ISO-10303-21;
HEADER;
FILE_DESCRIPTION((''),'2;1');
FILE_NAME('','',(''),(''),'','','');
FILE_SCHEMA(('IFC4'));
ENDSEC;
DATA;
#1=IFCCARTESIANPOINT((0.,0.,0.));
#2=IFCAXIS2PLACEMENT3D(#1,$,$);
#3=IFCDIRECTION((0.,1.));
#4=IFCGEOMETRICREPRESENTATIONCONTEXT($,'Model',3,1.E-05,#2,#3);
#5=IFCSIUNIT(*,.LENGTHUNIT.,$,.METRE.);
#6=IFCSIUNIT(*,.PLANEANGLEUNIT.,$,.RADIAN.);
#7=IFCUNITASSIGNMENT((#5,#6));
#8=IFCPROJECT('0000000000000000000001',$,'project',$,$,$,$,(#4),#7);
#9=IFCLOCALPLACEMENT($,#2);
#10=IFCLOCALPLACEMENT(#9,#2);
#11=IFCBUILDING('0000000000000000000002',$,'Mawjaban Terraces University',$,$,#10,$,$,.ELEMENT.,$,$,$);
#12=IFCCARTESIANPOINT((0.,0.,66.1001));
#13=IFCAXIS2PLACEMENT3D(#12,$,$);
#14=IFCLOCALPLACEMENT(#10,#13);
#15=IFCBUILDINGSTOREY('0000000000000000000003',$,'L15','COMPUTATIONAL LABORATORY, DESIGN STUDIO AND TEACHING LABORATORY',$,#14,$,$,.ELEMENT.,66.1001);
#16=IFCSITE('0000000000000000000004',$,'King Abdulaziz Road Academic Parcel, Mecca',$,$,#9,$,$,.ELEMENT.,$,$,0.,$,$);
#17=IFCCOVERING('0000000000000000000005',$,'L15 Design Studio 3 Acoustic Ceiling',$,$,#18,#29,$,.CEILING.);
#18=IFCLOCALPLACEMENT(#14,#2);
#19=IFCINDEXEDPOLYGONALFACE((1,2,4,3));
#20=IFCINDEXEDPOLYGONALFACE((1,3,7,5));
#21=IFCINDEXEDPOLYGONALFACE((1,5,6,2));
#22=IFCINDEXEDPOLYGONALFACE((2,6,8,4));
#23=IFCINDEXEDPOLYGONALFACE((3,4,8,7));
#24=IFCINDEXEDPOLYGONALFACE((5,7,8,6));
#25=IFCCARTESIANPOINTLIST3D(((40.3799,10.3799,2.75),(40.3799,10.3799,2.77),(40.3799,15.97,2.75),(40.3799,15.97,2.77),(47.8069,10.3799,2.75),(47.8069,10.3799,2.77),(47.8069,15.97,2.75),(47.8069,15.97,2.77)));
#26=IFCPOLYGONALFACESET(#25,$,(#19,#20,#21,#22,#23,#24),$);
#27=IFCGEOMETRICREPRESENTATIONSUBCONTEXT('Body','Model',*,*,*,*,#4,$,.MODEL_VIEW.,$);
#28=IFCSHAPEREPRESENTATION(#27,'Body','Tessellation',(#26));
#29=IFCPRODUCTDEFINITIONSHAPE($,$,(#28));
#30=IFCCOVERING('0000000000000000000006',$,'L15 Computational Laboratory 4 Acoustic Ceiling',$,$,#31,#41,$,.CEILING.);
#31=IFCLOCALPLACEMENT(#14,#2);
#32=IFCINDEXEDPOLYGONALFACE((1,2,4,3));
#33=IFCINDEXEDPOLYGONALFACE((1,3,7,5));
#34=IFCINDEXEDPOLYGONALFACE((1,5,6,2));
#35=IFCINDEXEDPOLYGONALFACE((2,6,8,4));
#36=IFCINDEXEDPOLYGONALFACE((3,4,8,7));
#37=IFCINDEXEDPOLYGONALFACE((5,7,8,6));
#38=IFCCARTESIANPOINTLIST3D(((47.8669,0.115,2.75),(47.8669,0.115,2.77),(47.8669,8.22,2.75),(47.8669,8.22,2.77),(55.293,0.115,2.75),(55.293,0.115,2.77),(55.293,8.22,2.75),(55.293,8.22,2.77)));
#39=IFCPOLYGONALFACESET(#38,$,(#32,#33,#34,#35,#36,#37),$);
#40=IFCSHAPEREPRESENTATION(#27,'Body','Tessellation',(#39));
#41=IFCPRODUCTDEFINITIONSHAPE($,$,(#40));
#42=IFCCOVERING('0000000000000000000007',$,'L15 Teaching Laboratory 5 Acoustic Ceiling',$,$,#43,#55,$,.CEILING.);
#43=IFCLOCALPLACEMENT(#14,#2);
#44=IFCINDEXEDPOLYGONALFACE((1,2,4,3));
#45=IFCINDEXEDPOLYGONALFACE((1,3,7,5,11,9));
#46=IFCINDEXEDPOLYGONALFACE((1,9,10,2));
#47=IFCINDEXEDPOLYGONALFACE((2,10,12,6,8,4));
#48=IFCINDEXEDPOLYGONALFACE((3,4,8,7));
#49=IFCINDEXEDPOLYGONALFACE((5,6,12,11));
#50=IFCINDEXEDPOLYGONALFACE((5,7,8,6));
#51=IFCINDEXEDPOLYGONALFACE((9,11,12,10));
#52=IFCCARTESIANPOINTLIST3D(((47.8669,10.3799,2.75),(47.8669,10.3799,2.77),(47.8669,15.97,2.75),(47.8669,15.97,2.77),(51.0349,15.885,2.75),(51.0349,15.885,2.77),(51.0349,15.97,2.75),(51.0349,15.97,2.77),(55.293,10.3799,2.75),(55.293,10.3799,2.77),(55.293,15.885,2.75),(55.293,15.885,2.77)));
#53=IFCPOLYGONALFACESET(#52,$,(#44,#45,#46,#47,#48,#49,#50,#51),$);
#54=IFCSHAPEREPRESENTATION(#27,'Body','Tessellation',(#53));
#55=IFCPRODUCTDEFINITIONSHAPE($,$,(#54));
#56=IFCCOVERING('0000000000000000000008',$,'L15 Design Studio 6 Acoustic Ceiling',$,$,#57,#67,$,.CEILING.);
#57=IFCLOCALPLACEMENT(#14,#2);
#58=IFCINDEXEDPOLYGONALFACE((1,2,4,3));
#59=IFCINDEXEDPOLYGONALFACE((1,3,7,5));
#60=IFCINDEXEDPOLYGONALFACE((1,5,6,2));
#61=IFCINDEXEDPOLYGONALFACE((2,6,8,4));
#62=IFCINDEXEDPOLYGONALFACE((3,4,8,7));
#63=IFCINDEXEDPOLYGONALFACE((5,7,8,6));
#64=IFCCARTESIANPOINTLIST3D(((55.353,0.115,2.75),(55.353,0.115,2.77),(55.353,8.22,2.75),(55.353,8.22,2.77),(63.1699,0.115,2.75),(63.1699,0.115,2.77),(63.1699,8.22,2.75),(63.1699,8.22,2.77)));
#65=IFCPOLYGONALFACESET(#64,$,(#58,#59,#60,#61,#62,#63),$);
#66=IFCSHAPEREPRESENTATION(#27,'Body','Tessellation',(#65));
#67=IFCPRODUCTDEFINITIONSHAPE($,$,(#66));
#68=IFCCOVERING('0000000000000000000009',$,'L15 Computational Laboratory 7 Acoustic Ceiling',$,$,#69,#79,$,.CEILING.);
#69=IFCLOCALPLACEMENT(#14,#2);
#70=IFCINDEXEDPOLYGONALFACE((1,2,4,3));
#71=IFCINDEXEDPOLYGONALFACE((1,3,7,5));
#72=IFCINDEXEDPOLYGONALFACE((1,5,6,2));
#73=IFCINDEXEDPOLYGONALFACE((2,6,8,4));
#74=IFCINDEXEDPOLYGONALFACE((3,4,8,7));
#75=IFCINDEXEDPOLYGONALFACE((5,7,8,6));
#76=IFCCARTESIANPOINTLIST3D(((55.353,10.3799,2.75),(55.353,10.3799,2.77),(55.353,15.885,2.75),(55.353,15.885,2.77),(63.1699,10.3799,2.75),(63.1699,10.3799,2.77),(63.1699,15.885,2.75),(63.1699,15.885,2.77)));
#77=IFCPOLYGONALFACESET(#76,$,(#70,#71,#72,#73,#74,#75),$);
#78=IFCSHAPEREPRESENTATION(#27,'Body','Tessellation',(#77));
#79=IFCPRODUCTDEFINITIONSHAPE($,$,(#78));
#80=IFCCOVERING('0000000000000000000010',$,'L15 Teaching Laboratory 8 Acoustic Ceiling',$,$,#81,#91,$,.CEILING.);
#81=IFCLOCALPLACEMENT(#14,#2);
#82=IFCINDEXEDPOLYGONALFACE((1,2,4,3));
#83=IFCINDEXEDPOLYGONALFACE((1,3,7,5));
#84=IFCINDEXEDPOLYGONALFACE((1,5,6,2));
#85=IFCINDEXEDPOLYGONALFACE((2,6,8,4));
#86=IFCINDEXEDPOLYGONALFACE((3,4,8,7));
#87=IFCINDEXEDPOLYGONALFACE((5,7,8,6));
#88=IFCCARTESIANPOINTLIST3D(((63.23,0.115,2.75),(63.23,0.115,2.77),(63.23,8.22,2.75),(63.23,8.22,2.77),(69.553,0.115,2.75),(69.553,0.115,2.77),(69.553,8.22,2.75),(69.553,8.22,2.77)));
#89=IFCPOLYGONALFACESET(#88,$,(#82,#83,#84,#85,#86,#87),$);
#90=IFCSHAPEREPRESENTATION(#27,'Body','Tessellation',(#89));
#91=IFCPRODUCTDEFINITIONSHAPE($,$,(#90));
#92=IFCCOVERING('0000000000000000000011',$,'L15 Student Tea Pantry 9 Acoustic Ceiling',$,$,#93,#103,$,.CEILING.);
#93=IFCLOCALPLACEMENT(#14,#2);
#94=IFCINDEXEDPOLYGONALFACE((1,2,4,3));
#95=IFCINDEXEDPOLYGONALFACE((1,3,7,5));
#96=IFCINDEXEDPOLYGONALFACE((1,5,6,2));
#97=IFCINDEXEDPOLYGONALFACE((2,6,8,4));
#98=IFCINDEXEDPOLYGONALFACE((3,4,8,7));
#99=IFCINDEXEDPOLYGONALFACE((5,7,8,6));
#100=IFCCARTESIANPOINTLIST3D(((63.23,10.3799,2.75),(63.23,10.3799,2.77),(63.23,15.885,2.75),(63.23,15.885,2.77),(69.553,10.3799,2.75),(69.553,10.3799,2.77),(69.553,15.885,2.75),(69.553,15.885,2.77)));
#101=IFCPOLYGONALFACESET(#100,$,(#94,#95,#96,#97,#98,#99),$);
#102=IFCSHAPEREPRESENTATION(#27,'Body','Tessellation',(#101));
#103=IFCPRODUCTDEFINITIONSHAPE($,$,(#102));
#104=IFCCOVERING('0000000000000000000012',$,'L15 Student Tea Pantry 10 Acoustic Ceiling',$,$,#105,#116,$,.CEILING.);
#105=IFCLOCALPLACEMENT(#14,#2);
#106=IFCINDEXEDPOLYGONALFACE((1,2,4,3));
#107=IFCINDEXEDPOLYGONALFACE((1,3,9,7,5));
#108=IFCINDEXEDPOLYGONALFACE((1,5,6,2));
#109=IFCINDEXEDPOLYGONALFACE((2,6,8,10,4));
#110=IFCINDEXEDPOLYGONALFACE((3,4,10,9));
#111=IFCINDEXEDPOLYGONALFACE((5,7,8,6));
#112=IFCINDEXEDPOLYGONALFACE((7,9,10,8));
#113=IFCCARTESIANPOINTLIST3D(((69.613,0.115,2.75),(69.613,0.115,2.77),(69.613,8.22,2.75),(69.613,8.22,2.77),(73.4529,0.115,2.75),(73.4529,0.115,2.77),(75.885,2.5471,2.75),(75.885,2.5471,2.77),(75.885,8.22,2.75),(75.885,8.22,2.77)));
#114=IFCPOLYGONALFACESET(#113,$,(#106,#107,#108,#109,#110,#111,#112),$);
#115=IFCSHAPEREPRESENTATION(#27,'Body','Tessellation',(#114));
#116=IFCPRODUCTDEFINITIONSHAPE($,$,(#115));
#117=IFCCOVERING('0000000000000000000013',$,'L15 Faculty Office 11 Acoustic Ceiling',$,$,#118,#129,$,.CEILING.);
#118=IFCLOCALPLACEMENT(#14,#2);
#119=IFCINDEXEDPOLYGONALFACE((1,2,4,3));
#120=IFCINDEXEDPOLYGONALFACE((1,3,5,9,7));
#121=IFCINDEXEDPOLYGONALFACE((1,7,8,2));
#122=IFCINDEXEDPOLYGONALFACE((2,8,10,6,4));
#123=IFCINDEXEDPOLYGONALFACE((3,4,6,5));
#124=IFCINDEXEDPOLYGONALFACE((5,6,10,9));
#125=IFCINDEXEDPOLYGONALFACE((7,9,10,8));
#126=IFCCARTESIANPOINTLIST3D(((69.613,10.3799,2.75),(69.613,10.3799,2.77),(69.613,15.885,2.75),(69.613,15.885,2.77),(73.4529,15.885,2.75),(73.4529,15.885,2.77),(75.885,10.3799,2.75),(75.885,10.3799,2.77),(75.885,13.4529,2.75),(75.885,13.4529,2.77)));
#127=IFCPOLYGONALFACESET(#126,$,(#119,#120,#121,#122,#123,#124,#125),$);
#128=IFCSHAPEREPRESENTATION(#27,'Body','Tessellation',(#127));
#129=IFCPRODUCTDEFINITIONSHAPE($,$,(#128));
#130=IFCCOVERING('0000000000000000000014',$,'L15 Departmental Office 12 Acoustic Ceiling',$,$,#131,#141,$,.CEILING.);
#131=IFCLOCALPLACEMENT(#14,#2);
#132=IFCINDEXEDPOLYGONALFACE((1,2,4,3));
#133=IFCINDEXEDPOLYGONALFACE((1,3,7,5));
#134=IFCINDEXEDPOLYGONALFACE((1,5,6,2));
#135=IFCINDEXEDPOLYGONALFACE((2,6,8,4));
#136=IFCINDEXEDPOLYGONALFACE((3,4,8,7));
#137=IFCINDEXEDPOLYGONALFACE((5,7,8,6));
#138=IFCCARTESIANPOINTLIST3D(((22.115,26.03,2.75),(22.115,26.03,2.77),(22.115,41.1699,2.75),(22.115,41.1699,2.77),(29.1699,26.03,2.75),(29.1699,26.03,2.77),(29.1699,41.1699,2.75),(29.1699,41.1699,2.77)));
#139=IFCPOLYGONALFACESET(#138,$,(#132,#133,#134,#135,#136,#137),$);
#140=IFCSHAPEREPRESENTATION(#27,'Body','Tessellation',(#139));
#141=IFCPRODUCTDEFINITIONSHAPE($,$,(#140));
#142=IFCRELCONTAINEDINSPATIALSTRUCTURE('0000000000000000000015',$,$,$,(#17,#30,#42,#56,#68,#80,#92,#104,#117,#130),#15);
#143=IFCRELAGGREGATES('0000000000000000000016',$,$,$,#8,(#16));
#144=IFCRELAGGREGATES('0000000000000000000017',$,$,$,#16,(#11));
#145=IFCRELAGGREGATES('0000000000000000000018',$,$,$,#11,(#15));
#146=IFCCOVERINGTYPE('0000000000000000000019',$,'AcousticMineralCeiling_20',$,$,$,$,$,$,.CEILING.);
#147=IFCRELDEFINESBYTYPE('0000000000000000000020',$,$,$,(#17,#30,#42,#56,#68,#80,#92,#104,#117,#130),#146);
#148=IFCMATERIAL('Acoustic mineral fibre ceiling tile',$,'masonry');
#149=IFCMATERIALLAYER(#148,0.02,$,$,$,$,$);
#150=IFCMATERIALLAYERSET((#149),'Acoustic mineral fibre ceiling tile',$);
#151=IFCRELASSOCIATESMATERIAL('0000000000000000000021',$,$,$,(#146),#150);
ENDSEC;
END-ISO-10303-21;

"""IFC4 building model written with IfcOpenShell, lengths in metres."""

from ifc_helpers import new_model, si_unit, direction, frame, origin, place, context, subcontext, project, spatial, polyline, outline, extrude, material, layer, layer_set, type_object, element, save


model = new_model("IFC4")

# Units and contexts
model_context = context("Model", 3, precision=1e-05, world=origin(), true_north=direction((0.0, 1.0)))
body_context = subcontext(model_context, "Body", "Model", "MODEL_VIEW")
ifc_project = project(units=[si_unit("LENGTHUNIT", "METRE"), si_unit("PLANEANGLEUNIT", "RADIAN")], contexts=[model_context])

# Site, building, storey
site_placement = place(None, origin())
site = spatial("IfcSite", under=ifc_project, at=site_placement, Name="King Abdulaziz Road Academic Parcel, Mecca", CompositionType="ELEMENT", RefElevation=0.0)
building_placement = place(site_placement, origin())
building = spatial("IfcBuilding", under=site, at=building_placement, Name="Mawjaban Terraces University", CompositionType="ELEMENT")
storey_placement = place(building_placement, frame((0.0, 0.0, 66.1001)))
storey = spatial("IfcBuildingStorey", under=building, at=storey_placement, Name="L15", Description="COMPUTATIONAL LABORATORY, DESIGN STUDIO AND TEACHING LABORATORY", CompositionType="ELEMENT", Elevation=66.1001)

# Coverings
ifc_material_1 = material(Name="Acoustic mineral fibre ceiling tile", Category="masonry")
ifc_layer_1 = layer(ifc_material_1, 0.02)
ifc_layer_set_1 = layer_set([ifc_layer_1], Name="Acoustic mineral fibre ceiling tile")
covering_type = type_object("IfcCoveringType", Name="AcousticMineralCeiling_20", PredefinedType="CEILING", material=ifc_layer_set_1)
covering_1_placement = place(storey_placement, frame((0.0, 0.0, 2.75)))
element("IfcCovering", 1, at=covering_1_placement, inside=storey, type_object=covering_type, Name="L15 Design Studio 3 Acoustic Ceiling", PredefinedType="CEILING", context=body_context, shape_type="SweptSolid", body=[
    extrude(outline(polyline([(47.8069, 10.3799), (47.8069, 15.97), (40.3799, 15.97), (40.3799, 10.3799), (47.8069, 10.3799)])), origin(), (0.0, 0.0, 1.0), 0.02),
])
covering_2_placement = place(storey_placement, frame((0.0, 0.0, 2.75)))
element("IfcCovering", 2, at=covering_2_placement, inside=storey, type_object=covering_type, Name="L15 Computational Laboratory 4 Acoustic Ceiling", PredefinedType="CEILING", context=body_context, shape_type="SweptSolid", body=[
    extrude(outline(polyline([(47.8669, 0.115), (55.293, 0.115), (55.293, 8.22), (47.8669, 8.22), (47.8669, 0.115)])), origin(), (0.0, 0.0, 1.0), 0.02),
])
covering_3_placement = place(storey_placement, frame((0.0, 0.0, 2.75)))
element("IfcCovering", 3, at=covering_3_placement, inside=storey, type_object=covering_type, Name="L15 Teaching Laboratory 5 Acoustic Ceiling", PredefinedType="CEILING", context=body_context, shape_type="SweptSolid", body=[
    extrude(outline(polyline([(55.293, 15.885), (51.0349, 15.885), (51.0349, 15.97), (47.8669, 15.97), (47.8669, 10.3799), (55.293, 10.3799), (55.293, 15.885)])), origin(), (0.0, 0.0, 1.0), 0.02),
])
covering_4_placement = place(storey_placement, frame((0.0, 0.0, 2.75)))
element("IfcCovering", 4, at=covering_4_placement, inside=storey, type_object=covering_type, Name="L15 Design Studio 6 Acoustic Ceiling", PredefinedType="CEILING", context=body_context, shape_type="SweptSolid", body=[
    extrude(outline(polyline([(55.353, 0.115), (63.1699, 0.115), (63.1699, 8.22), (55.353, 8.22), (55.353, 0.115)])), origin(), (0.0, 0.0, 1.0), 0.02),
])
covering_5_placement = place(storey_placement, frame((0.0, 0.0, 2.75)))
element("IfcCovering", 5, at=covering_5_placement, inside=storey, type_object=covering_type, Name="L15 Computational Laboratory 7 Acoustic Ceiling", PredefinedType="CEILING", context=body_context, shape_type="SweptSolid", body=[
    extrude(outline(polyline([(63.1699, 15.885), (55.353, 15.885), (55.353, 10.3799), (63.1699, 10.3799), (63.1699, 15.885)])), origin(), (0.0, 0.0, 1.0), 0.02),
])
covering_6_placement = place(storey_placement, frame((0.0, 0.0, 2.75)))
element("IfcCovering", 6, at=covering_6_placement, inside=storey, type_object=covering_type, Name="L15 Teaching Laboratory 8 Acoustic Ceiling", PredefinedType="CEILING", context=body_context, shape_type="SweptSolid", body=[
    extrude(outline(polyline([(63.23, 0.115), (69.553, 0.115), (69.553, 8.22), (63.23, 8.22), (63.23, 0.115)])), origin(), (0.0, 0.0, 1.0), 0.02),
])
covering_7_placement = place(storey_placement, frame((0.0, 0.0, 2.75)))
element("IfcCovering", 7, at=covering_7_placement, inside=storey, type_object=covering_type, Name="L15 Student Tea Pantry 9 Acoustic Ceiling", PredefinedType="CEILING", context=body_context, shape_type="SweptSolid", body=[
    extrude(outline(polyline([(69.553, 15.885), (63.23, 15.885), (63.23, 10.3799), (69.553, 10.3799), (69.553, 15.885)])), origin(), (0.0, 0.0, 1.0), 0.02),
])
covering_8_placement = place(storey_placement, frame((0.0, 0.0, 2.75)))
element("IfcCovering", 8, at=covering_8_placement, inside=storey, type_object=covering_type, Name="L15 Student Tea Pantry 10 Acoustic Ceiling", PredefinedType="CEILING", context=body_context, shape_type="SweptSolid", body=[
    extrude(outline(polyline([(69.613, 0.115), (73.4529, 0.115), (75.885, 2.5471), (75.885, 8.22), (69.613, 8.22), (69.613, 0.115)])), origin(), (0.0, 0.0, 1.0), 0.02),
])
covering_9_placement = place(storey_placement, frame((0.0, 0.0, 2.75)))
element("IfcCovering", 9, at=covering_9_placement, inside=storey, type_object=covering_type, Name="L15 Faculty Office 11 Acoustic Ceiling", PredefinedType="CEILING", context=body_context, shape_type="SweptSolid", body=[
    extrude(outline(polyline([(75.885, 10.3799), (75.885, 13.4529), (73.4529, 15.885), (69.613, 15.885), (69.613, 10.3799), (75.885, 10.3799)])), origin(), (0.0, 0.0, 1.0), 0.02),
])
covering_10_placement = place(storey_placement, frame((0.0, 0.0, 2.75)))
element("IfcCovering", 10, at=covering_10_placement, inside=storey, type_object=covering_type, Name="L15 Departmental Office 12 Acoustic Ceiling", PredefinedType="CEILING", context=body_context, shape_type="SweptSolid", body=[
    extrude(outline(polyline([(22.115, 41.1699), (22.115, 26.03), (29.1699, 26.03), (29.1699, 41.1699), (22.115, 41.1699)])), origin(), (0.0, 0.0, 1.0), 0.02),
])

save(model, "model.ifc")
